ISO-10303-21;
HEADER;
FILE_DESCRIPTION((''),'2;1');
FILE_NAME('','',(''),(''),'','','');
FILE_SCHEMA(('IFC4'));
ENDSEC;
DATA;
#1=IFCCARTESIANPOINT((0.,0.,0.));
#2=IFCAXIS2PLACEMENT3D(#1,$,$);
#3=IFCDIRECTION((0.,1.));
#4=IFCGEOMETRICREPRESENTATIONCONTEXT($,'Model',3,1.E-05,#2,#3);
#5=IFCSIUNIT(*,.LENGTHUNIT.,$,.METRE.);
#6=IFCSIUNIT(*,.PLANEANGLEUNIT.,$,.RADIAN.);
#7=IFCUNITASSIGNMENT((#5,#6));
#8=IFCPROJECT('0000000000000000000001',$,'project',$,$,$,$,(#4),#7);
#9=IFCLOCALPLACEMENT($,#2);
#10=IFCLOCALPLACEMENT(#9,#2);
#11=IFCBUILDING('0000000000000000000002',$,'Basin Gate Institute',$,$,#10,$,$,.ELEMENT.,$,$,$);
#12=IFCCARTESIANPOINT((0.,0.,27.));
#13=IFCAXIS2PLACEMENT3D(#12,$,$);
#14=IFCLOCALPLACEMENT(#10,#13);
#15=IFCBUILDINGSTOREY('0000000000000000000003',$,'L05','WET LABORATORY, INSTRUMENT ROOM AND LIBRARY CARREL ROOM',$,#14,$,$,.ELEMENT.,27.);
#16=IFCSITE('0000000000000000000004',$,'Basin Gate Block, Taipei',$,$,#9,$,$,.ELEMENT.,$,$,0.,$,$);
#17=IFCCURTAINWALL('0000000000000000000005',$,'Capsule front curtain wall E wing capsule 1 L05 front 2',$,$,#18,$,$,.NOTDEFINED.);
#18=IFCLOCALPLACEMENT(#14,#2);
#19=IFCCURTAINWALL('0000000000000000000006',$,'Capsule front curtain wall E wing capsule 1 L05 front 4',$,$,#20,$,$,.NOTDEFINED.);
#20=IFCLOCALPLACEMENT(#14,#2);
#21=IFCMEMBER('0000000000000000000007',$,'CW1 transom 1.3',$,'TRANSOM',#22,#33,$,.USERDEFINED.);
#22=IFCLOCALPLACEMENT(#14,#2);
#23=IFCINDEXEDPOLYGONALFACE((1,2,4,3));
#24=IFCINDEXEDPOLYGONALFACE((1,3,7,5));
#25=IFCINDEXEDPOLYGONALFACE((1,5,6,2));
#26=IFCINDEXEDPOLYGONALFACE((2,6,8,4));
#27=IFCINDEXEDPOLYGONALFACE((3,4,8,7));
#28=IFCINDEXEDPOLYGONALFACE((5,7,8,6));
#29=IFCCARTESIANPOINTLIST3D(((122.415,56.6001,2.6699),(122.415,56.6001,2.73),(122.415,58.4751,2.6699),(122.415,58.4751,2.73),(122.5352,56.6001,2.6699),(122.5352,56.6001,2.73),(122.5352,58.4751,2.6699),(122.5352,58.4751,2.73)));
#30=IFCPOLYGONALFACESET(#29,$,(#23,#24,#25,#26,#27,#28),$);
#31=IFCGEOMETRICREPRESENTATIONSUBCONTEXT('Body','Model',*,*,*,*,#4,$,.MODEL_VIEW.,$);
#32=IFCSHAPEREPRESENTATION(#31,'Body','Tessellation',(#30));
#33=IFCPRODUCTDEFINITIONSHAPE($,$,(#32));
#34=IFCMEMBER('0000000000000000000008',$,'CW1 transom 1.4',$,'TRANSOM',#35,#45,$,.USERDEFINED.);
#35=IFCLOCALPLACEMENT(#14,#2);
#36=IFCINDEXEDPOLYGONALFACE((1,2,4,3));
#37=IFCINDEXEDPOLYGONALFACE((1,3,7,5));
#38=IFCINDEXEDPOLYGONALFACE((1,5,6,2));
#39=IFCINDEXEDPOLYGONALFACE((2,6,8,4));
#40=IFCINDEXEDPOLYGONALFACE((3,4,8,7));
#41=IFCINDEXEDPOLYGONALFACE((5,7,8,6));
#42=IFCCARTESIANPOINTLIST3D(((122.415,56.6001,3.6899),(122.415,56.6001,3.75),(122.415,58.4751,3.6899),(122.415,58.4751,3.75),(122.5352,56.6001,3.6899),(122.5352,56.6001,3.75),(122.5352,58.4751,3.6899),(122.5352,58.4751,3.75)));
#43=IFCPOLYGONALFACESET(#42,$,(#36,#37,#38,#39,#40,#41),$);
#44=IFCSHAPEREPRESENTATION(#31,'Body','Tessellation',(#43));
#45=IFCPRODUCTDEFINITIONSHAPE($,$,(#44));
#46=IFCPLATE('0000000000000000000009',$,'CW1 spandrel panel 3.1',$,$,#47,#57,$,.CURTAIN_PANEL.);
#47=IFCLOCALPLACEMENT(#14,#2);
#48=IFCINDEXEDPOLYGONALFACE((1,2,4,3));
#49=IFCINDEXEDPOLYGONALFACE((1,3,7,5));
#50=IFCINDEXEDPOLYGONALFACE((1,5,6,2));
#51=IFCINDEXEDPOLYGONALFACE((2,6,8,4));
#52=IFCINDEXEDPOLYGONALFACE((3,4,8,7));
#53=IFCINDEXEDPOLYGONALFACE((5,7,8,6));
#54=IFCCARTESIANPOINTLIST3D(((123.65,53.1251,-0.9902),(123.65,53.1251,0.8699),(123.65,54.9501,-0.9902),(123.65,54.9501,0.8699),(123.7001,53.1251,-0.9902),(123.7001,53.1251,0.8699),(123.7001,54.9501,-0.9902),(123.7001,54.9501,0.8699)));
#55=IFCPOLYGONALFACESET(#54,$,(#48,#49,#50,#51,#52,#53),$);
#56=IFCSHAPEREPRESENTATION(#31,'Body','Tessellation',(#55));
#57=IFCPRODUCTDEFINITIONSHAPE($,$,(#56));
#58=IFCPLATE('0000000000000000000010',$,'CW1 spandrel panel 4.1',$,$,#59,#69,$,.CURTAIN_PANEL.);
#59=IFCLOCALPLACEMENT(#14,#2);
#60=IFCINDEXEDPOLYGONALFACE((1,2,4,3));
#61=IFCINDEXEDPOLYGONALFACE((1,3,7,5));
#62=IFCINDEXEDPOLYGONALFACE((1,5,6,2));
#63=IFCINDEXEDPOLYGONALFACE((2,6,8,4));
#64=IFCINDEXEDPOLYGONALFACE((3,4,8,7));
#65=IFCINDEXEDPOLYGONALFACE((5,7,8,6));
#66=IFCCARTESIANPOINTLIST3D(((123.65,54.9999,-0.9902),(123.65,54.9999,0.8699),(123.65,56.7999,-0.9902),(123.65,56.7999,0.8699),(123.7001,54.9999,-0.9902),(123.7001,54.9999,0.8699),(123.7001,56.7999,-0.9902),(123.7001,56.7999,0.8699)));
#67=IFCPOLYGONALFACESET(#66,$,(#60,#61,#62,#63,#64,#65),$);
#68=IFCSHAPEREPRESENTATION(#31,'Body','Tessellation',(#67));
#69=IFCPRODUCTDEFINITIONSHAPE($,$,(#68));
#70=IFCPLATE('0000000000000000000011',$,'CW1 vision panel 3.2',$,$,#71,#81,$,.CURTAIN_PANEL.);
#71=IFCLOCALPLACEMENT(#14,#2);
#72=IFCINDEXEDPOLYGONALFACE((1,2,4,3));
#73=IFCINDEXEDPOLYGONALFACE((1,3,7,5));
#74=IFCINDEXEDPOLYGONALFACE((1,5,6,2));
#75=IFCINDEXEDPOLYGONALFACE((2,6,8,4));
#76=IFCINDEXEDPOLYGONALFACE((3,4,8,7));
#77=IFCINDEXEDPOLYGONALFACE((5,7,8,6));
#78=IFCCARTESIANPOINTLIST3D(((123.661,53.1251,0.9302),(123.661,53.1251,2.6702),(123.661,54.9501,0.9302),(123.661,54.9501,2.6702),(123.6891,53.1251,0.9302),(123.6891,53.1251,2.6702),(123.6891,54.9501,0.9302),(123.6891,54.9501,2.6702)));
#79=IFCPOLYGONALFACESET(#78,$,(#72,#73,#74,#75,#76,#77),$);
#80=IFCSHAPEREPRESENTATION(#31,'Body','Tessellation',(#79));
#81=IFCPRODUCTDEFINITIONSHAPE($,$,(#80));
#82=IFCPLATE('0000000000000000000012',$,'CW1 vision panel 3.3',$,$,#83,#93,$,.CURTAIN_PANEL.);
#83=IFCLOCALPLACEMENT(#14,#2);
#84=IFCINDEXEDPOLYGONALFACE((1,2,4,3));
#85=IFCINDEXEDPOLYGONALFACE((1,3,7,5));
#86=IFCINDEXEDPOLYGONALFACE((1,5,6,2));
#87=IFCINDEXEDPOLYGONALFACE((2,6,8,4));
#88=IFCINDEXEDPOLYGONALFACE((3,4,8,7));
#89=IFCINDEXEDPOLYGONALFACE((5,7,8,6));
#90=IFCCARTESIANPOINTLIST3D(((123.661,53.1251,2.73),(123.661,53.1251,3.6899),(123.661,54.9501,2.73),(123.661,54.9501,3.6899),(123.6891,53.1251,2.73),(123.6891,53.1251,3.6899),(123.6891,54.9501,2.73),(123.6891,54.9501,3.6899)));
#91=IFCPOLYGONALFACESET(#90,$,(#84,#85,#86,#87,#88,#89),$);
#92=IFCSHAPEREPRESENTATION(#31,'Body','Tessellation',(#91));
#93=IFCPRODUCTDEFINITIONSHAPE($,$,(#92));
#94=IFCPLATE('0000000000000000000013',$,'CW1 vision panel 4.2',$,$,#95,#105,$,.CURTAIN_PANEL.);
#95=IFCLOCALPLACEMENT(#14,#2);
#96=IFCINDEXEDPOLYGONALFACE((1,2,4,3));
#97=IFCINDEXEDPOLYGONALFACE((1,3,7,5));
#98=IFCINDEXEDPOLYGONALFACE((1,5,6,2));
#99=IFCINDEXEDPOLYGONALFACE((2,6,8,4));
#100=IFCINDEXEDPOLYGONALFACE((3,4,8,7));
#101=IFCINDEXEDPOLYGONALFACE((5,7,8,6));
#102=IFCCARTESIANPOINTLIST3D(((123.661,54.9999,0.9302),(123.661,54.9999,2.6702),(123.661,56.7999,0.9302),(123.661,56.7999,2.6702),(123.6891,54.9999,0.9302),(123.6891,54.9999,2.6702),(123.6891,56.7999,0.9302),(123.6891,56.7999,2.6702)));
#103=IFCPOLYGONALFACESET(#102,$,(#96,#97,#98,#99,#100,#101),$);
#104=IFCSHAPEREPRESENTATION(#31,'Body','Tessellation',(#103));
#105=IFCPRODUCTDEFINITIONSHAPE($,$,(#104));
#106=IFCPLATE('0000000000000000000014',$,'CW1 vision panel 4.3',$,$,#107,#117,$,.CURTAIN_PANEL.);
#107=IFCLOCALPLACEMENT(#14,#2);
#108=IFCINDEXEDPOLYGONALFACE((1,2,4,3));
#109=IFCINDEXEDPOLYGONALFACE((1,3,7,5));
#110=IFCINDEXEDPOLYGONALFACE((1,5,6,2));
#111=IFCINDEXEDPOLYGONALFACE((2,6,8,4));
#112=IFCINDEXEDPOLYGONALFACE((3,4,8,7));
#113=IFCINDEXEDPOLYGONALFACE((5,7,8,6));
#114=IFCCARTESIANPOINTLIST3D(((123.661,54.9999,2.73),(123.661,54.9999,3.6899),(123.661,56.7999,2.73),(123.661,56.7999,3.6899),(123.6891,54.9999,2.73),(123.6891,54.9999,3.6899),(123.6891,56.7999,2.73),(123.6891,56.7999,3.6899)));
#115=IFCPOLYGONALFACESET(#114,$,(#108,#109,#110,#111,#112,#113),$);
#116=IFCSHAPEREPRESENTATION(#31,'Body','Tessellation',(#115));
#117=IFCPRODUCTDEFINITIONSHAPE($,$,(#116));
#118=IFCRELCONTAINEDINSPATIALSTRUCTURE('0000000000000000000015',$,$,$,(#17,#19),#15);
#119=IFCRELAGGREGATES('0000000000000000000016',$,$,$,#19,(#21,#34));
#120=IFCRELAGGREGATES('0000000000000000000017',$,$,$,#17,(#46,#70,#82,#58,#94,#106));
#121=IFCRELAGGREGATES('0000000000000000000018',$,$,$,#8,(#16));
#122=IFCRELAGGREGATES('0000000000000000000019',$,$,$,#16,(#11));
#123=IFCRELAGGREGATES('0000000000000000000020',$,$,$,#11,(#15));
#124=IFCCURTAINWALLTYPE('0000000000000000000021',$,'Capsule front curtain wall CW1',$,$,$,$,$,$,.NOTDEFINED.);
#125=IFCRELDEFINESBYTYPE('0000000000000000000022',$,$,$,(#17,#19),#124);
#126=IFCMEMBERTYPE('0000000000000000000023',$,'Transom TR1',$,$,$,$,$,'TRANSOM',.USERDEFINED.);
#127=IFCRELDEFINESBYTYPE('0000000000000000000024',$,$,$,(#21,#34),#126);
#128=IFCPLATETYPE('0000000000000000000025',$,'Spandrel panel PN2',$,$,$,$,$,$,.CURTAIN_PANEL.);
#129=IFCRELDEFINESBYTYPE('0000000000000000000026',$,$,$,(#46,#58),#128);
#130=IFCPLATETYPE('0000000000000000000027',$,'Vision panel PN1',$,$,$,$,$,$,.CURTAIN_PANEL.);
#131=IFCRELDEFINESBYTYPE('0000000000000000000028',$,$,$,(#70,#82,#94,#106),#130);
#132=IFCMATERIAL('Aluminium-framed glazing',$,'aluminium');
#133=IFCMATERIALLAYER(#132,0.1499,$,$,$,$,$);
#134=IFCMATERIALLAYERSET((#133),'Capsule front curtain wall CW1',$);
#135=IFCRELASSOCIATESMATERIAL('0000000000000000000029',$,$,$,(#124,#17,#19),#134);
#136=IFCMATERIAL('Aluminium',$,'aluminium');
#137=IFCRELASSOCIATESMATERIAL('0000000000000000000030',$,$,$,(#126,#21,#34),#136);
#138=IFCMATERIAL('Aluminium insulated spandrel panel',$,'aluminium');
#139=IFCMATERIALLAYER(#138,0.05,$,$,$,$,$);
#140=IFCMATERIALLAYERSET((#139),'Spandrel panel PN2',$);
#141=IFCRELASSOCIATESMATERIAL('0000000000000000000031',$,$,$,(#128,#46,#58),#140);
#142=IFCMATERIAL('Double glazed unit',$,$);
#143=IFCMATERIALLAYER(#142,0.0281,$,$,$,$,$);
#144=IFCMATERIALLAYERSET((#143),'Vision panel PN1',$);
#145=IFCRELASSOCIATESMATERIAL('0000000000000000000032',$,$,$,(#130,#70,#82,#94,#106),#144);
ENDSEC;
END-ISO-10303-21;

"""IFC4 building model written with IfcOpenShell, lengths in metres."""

from ifc_helpers import new_model, si_unit, direction, frame, origin, origin_2d, place, context, subcontext, project, spatial, rectangle, extrude, material, layer, layer_set, material_profile, profile_set, type_object, element, aggregate, save


model = new_model("IFC4")

# Units and contexts
model_context = context("Model", 3, precision=1e-05, world=origin(), true_north=direction((0.0, 1.0)))
body_context = subcontext(model_context, "Body", "Model", "MODEL_VIEW")
ifc_project = project(units=[si_unit("LENGTHUNIT", "METRE"), si_unit("PLANEANGLEUNIT", "RADIAN")], contexts=[model_context])

# Site, building, storey
site_placement = place(None, origin())
site = spatial("IfcSite", under=ifc_project, at=site_placement, Name="Basin Gate Block, Taipei", CompositionType="ELEMENT", RefElevation=0.0)
building_placement = place(site_placement, origin())
building = spatial("IfcBuilding", under=site, at=building_placement, Name="Basin Gate Institute", CompositionType="ELEMENT")
storey_placement = place(building_placement, frame((0.0, 0.0, 27.0)))
storey = spatial("IfcBuildingStorey", under=building, at=storey_placement, Name="L05", Description="WET LABORATORY, INSTRUMENT ROOM AND LIBRARY CARREL ROOM", CompositionType="ELEMENT", Elevation=27.0)

# Shared definitions
ifc_material_1 = material(Name="Aluminium-framed glazing", Category="aluminium")
ifc_layer_1 = layer(ifc_material_1, 0.1499)
ifc_layer_set_1 = layer_set([ifc_layer_1], Name="Capsule front curtain wall CW1")
curtain_wall_type = type_object("IfcCurtainWallType", Name="Capsule front curtain wall CW1", PredefinedType="NOTDEFINED", material=ifc_layer_set_1)

# Curtain wall
curtain_wall_1_placement = place(storey_placement, origin())
curtain_wall_1 = element("IfcCurtainWall", 1, at=curtain_wall_1_placement, inside=storey, type_object=curtain_wall_type, material=ifc_layer_set_1, Name="Capsule front curtain wall E wing capsule 1 L05 front 2", PredefinedType="NOTDEFINED")

# Curtain wall
curtain_wall_2_placement = place(storey_placement, origin())
curtain_wall_2 = element("IfcCurtainWall", 2, at=curtain_wall_2_placement, inside=storey, type_object=curtain_wall_type, material=ifc_layer_set_1, Name="Capsule front curtain wall E wing capsule 1 L05 front 4", PredefinedType="NOTDEFINED")

# Members
ifc_material_2 = material(Name="Aluminium", Category="aluminium")
ifc_material_profile_1 = material_profile(ifc_material_2, rectangle(XDim=0.1201, YDim=0.0601, at=origin_2d()), Name="Transom TR1 120 x 60")
ifc_profile_set_1 = profile_set([ifc_material_profile_1], Name="Aluminium")
member_type_1 = type_object("IfcMemberType", Name="Transom TR1", ElementType="TRANSOM", PredefinedType="USERDEFINED", material=ifc_profile_set_1)
member_1_placement = place(storey_placement, frame((122.4751, 56.6001, 2.7), z_axis=(0.0, 1.0, 0.0), x_axis=(-1.0, 0.0, 0.0)))
member_1 = element("IfcMember", 3, at=member_1_placement, type_object=member_type_1, material=ifc_profile_set_1, Name="CW1 transom 1.3", ObjectType="TRANSOM", PredefinedType="USERDEFINED", context=body_context, shape_type="SweptSolid", body=[
    extrude(rectangle(XDim=0.1201, YDim=0.0601, at=origin_2d()), origin(), (0.0, 0.0, 1.0), 1.875),
])
member_2_placement = place(storey_placement, frame((122.4751, 56.6001, 3.72), z_axis=(0.0, 1.0, 0.0), x_axis=(-1.0, 0.0, 0.0)))
member_2 = element("IfcMember", 4, at=member_2_placement, type_object=member_type_1, material=ifc_profile_set_1, Name="CW1 transom 1.4", ObjectType="TRANSOM", PredefinedType="USERDEFINED", context=body_context, shape_type="SweptSolid", body=[
    extrude(rectangle(XDim=0.1201, YDim=0.0601, at=origin_2d()), origin(), (0.0, 0.0, 1.0), 1.875),
])
aggregate(curtain_wall_2, [member_1, member_2])

# Plates
ifc_material_3 = material(Name="Aluminium insulated spandrel panel", Category="aluminium")
ifc_layer_2 = layer(ifc_material_3, 0.05)
ifc_layer_set_2 = layer_set([ifc_layer_2], Name="Spandrel panel PN2")
plate_type_1 = type_object("IfcPlateType", Name="Spandrel panel PN2", PredefinedType="CURTAIN_PANEL", material=ifc_layer_set_2)
plate_1_placement = place(storey_placement, frame((123.675, 54.0376, -0.9902), z_axis=(0.0, 0.0, 1.0), x_axis=(0.0, 1.0, 0.0)))
plate_1 = element("IfcPlate", 5, at=plate_1_placement, type_object=plate_type_1, material=ifc_layer_set_2, Name="CW1 spandrel panel 3.1", PredefinedType="CURTAIN_PANEL", context=body_context, shape_type="SweptSolid", body=[
    extrude(rectangle(XDim=1.825, YDim=0.05, at=origin_2d()), origin(), (0.0, 0.0, 1.0), 1.8601),
])
plate_2_placement = place(storey_placement, frame((123.675, 55.8999, -0.9902), z_axis=(0.0, 0.0, 1.0), x_axis=(0.0, 1.0, 0.0)))
plate_2 = element("IfcPlate", 6, at=plate_2_placement, type_object=plate_type_1, material=ifc_layer_set_2, Name="CW1 spandrel panel 4.1", PredefinedType="CURTAIN_PANEL", context=body_context, shape_type="SweptSolid", body=[
    extrude(rectangle(XDim=1.8, YDim=0.05, at=origin_2d()), origin(), (0.0, 0.0, 1.0), 1.8601),
])
ifc_material_4 = material(Name="Double glazed unit")
ifc_layer_3 = layer(ifc_material_4, 0.0281)
ifc_layer_set_3 = layer_set([ifc_layer_3], Name="Vision panel PN1")
plate_type_2 = type_object("IfcPlateType", Name="Vision panel PN1", PredefinedType="CURTAIN_PANEL", material=ifc_layer_set_3)
plate_3_placement = place(storey_placement, frame((123.675, 54.0376, 0.9302), z_axis=(0.0, 0.0, 1.0), x_axis=(0.0, 1.0, 0.0)))
plate_3 = element("IfcPlate", 7, at=plate_3_placement, type_object=plate_type_2, material=ifc_layer_set_3, Name="CW1 vision panel 3.2", PredefinedType="CURTAIN_PANEL", context=body_context, shape_type="SweptSolid", body=[
    extrude(rectangle(XDim=1.825, YDim=0.0281, at=origin_2d()), origin(), (0.0, 0.0, 1.0), 1.74),
])
plate_4_placement = place(storey_placement, frame((123.675, 54.0376, 2.73), z_axis=(0.0, 0.0, 1.0), x_axis=(0.0, 1.0, 0.0)))
plate_4 = element("IfcPlate", 8, at=plate_4_placement, type_object=plate_type_2, material=ifc_layer_set_3, Name="CW1 vision panel 3.3", PredefinedType="CURTAIN_PANEL", context=body_context, shape_type="SweptSolid", body=[
    extrude(rectangle(XDim=1.825, YDim=0.0281, at=origin_2d()), origin(), (0.0, 0.0, 1.0), 0.96),
])
plate_5_placement = place(storey_placement, frame((123.675, 55.8999, 0.9302), z_axis=(0.0, 0.0, 1.0), x_axis=(0.0, 1.0, 0.0)))
plate_5 = element("IfcPlate", 9, at=plate_5_placement, type_object=plate_type_2, material=ifc_layer_set_3, Name="CW1 vision panel 4.2", PredefinedType="CURTAIN_PANEL", context=body_context, shape_type="SweptSolid", body=[
    extrude(rectangle(XDim=1.8, YDim=0.0281, at=origin_2d()), origin(), (0.0, 0.0, 1.0), 1.74),
])
plate_6_placement = place(storey_placement, frame((123.675, 55.8999, 2.73), z_axis=(0.0, 0.0, 1.0), x_axis=(0.0, 1.0, 0.0)))
plate_6 = element("IfcPlate", 10, at=plate_6_placement, type_object=plate_type_2, material=ifc_layer_set_3, Name="CW1 vision panel 4.3", PredefinedType="CURTAIN_PANEL", context=body_context, shape_type="SweptSolid", body=[
    extrude(rectangle(XDim=1.8, YDim=0.0281, at=origin_2d()), origin(), (0.0, 0.0, 1.0), 0.96),
])
aggregate(curtain_wall_1, [plate_1, plate_3, plate_4, plate_2, plate_5, plate_6])

save(model, "model.ifc")
